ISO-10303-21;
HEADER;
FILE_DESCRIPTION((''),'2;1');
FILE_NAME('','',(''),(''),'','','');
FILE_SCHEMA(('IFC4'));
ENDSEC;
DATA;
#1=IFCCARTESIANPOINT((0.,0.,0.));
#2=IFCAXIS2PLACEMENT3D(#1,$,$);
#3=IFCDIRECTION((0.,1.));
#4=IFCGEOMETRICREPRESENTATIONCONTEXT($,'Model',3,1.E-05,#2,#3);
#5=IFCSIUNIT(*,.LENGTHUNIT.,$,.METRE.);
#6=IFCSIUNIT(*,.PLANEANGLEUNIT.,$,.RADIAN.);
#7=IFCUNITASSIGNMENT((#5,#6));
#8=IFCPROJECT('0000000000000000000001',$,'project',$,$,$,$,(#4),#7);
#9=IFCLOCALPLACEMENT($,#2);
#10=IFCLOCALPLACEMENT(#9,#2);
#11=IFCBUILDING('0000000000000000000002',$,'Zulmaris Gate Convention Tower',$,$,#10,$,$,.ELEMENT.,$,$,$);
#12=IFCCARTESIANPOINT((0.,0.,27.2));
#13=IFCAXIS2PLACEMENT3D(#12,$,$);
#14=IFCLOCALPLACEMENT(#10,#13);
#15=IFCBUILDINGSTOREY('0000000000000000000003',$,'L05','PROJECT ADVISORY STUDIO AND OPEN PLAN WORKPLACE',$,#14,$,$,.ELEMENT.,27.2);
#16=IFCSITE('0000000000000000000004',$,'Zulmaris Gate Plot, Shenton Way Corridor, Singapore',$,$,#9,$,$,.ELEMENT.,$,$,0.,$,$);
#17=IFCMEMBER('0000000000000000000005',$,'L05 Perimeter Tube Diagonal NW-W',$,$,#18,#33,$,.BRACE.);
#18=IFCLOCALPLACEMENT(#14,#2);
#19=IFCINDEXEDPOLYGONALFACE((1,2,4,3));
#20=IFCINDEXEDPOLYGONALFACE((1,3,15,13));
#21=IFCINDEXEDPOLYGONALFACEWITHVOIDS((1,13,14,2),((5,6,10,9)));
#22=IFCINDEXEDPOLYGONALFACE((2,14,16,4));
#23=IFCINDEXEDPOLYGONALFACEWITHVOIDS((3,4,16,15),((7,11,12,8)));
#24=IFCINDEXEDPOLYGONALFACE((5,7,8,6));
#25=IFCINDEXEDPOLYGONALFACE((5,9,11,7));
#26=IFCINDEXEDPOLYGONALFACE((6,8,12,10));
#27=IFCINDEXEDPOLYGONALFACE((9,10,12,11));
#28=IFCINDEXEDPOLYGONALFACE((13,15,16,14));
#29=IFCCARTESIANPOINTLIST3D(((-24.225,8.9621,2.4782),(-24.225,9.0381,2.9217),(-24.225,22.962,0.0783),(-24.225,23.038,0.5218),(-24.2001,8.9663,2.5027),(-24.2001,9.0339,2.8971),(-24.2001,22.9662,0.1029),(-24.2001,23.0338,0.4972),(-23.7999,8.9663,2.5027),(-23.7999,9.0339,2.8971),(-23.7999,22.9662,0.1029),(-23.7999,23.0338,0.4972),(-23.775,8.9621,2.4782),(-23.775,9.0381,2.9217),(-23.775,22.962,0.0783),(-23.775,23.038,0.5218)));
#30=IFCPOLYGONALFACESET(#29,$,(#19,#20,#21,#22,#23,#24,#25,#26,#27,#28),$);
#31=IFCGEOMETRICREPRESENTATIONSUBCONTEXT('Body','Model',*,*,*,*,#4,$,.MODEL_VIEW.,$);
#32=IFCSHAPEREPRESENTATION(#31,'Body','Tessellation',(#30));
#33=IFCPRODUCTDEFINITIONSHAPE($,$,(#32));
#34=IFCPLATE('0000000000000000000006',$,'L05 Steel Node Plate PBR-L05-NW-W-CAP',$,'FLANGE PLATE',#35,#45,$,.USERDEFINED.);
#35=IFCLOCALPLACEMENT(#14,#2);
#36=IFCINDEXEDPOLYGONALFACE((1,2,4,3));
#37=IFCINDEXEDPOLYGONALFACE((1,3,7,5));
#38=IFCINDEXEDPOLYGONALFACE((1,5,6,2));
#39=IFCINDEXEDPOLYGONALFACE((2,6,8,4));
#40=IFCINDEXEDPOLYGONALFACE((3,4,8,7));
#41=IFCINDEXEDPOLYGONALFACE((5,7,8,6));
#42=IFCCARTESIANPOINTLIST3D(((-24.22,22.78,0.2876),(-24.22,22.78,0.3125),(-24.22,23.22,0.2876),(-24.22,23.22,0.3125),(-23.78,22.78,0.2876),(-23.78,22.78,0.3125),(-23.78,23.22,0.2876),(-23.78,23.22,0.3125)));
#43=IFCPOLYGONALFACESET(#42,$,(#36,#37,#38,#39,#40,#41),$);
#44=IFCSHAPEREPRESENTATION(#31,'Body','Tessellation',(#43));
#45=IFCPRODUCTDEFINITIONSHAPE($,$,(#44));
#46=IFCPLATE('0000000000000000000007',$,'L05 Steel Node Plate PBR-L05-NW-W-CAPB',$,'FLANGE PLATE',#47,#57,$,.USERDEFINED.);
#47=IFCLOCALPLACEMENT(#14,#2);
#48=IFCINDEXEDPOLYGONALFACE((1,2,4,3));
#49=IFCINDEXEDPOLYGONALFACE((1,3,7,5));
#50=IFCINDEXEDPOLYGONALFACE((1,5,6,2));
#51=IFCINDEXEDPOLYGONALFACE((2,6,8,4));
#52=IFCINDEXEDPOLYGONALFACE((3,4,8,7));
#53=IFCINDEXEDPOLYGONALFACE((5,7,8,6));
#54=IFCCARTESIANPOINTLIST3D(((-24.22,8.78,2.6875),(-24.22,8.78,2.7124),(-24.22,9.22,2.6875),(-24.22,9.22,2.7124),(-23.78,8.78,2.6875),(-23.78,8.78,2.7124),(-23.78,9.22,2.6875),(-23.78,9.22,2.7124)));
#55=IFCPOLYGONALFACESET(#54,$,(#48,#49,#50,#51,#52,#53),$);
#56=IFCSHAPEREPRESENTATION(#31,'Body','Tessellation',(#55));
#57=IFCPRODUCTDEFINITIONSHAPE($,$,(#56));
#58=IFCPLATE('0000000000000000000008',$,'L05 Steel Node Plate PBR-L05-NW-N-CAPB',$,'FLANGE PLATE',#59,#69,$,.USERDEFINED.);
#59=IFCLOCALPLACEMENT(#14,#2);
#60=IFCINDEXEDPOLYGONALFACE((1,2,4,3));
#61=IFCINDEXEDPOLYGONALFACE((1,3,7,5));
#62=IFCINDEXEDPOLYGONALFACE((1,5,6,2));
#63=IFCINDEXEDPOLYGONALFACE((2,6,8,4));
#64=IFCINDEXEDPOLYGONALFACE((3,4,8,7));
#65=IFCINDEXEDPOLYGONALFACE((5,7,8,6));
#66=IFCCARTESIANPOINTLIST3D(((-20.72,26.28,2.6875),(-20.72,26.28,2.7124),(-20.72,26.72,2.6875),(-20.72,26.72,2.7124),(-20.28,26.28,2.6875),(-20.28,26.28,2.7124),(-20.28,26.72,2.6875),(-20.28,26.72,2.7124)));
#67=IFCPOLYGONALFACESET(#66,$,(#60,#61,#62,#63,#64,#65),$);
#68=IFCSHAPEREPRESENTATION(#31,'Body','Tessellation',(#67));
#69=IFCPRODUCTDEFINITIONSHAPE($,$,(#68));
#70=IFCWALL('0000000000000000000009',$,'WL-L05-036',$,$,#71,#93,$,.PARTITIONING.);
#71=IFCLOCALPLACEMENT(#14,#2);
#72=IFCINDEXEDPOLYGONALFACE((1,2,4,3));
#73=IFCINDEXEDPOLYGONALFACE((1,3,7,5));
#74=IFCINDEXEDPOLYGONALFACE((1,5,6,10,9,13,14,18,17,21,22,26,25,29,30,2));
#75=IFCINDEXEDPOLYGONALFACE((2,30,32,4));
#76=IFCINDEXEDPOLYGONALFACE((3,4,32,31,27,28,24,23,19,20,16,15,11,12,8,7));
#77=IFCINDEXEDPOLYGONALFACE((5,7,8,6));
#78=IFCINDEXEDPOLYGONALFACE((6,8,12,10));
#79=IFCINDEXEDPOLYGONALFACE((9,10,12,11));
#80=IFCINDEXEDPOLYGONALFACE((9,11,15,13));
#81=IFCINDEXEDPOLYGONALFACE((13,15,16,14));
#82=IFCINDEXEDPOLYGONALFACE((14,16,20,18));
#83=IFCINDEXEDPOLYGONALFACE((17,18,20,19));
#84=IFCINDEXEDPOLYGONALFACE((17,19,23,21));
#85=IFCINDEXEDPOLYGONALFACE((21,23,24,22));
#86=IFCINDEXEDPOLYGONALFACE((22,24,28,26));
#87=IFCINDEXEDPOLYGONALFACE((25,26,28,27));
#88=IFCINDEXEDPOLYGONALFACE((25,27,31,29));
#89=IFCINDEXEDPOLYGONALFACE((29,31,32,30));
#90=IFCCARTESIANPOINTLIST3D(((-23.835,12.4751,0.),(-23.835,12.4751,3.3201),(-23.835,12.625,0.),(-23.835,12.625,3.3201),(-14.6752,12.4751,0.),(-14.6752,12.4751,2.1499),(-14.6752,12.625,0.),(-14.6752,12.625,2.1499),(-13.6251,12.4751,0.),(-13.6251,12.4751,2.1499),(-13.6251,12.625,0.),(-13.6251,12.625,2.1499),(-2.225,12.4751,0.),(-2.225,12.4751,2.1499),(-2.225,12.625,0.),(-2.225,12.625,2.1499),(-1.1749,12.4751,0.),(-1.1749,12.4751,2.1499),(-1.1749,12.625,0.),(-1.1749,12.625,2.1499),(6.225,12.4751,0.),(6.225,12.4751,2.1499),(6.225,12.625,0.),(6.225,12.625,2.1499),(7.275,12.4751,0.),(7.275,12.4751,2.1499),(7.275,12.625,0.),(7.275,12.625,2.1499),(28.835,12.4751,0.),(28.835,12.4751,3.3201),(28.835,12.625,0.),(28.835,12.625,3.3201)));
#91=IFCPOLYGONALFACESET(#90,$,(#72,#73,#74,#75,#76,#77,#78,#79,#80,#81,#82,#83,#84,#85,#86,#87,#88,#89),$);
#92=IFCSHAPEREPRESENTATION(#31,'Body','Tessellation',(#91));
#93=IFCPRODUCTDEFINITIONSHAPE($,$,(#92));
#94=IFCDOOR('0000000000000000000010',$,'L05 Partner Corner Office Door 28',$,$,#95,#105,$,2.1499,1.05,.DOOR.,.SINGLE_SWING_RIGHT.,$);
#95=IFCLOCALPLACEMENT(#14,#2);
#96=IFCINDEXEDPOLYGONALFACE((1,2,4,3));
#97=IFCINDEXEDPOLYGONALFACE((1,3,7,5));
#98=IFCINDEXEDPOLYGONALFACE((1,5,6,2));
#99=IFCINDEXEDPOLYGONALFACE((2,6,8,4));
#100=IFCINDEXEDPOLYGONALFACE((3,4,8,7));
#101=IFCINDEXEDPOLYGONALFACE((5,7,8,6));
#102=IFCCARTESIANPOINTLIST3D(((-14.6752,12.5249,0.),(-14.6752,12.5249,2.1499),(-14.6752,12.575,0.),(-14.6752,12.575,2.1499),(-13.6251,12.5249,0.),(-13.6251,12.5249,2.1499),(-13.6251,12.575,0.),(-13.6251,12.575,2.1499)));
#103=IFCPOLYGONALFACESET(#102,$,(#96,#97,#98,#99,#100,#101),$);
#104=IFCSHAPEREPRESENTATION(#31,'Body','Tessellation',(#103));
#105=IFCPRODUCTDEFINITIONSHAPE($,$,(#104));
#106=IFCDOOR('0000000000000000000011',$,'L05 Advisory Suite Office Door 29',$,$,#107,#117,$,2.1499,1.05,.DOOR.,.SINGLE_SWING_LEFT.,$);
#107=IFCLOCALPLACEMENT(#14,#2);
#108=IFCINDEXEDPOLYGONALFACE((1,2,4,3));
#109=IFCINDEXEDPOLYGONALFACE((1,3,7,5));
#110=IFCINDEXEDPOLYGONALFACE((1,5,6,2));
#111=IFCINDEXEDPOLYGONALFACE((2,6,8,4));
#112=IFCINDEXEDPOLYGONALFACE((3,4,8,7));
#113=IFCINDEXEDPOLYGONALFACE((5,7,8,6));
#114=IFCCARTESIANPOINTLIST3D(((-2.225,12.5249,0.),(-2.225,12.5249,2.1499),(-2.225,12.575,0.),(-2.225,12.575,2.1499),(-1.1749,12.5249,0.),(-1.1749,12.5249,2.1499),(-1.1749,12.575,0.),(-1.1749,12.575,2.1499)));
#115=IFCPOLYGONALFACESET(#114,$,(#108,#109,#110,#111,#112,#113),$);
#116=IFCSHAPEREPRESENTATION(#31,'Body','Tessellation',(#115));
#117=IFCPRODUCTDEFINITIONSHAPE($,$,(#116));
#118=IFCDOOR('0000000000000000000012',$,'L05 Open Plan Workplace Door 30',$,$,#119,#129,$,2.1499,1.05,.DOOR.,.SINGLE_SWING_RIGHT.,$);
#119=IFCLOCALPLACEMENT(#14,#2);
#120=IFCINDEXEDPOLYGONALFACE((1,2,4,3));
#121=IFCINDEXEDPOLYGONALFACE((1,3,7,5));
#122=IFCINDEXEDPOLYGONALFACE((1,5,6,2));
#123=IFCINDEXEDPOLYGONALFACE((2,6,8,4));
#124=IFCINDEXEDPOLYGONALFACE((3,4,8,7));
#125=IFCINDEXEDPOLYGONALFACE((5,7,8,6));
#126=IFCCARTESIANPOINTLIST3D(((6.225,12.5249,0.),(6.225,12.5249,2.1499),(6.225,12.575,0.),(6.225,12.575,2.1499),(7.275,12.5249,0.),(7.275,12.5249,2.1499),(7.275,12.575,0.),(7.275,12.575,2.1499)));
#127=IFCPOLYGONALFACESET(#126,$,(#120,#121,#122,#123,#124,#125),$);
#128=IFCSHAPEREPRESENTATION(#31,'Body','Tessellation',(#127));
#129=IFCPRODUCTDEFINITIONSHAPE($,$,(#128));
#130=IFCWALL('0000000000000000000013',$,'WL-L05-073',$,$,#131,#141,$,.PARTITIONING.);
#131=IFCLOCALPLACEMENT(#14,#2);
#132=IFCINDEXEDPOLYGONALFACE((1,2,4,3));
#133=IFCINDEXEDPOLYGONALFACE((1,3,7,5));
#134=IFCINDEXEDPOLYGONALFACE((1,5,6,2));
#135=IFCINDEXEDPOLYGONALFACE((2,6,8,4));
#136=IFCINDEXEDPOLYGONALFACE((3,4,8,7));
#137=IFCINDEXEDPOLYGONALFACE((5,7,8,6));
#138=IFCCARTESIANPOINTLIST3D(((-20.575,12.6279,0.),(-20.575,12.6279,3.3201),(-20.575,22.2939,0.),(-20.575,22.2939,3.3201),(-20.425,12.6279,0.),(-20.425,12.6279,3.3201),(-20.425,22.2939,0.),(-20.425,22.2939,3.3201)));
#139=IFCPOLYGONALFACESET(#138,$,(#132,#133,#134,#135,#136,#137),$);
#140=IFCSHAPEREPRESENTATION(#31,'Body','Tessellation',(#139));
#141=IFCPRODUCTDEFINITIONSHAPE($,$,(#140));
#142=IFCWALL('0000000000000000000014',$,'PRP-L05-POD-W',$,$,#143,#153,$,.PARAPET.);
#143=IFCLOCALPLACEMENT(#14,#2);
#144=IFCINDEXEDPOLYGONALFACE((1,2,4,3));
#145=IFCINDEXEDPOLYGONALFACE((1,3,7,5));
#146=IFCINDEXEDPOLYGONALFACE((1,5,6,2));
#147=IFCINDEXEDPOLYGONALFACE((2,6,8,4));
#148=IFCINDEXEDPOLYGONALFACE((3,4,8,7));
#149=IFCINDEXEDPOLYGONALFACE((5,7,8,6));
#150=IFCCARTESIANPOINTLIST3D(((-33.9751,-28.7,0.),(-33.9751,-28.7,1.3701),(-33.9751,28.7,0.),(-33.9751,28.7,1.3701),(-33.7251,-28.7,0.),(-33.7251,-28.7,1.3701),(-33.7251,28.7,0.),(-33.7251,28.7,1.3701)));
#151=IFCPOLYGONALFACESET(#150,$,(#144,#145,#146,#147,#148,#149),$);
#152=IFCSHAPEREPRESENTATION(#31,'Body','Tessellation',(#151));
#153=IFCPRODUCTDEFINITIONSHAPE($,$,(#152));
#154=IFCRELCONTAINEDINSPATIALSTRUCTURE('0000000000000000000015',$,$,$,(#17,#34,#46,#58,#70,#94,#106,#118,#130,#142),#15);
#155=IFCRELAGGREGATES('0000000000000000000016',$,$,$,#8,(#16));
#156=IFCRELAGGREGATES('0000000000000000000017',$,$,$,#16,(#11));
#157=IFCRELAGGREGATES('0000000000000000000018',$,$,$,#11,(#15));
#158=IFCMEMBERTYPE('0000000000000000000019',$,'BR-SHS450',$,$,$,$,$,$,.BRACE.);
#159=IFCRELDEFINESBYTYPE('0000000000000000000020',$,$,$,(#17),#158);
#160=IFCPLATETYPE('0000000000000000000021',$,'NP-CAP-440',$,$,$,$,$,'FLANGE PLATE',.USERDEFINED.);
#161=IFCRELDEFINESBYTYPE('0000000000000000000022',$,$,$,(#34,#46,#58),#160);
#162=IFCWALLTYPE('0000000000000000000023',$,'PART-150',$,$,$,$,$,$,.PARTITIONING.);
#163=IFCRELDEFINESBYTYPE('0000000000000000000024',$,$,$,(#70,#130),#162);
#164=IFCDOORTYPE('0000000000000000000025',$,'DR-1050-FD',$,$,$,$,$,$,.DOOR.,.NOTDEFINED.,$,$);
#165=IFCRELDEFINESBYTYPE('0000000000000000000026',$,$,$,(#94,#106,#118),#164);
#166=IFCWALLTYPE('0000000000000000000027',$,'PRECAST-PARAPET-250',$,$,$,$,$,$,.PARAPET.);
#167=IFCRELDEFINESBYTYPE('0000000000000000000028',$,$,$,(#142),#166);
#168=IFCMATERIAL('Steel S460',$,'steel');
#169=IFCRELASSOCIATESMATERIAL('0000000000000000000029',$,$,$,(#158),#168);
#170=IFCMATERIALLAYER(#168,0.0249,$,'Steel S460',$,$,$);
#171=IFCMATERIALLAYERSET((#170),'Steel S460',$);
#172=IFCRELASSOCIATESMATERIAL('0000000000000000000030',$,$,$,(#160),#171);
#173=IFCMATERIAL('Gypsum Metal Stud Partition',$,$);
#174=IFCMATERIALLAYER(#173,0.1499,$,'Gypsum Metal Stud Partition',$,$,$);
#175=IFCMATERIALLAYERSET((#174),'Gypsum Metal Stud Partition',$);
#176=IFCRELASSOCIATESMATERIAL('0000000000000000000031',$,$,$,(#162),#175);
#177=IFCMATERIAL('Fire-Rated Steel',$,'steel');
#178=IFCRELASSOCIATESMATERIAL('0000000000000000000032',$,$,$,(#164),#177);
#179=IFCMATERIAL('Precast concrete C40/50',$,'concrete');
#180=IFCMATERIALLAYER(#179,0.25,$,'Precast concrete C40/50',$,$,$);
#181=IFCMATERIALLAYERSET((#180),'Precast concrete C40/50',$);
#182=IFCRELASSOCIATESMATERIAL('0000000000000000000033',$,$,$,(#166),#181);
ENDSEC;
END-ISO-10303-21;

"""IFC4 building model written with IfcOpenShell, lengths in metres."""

from ifc_helpers import new_model, si_unit, direction, frame, frame_2d, origin, origin_2d, place, context, subcontext, project, spatial, rectangle, hollow_rectangle, extrude, material, layer, layer_set, material_profile, profile_set, type_object, element, fill, save


model = new_model("IFC4")

# Units and contexts
model_context = context("Model", 3, precision=1e-05, world=origin(), true_north=direction((0.0, 1.0)))
body_context = subcontext(model_context, "Body", "Model", "MODEL_VIEW")
ifc_project = project(units=[si_unit("LENGTHUNIT", "METRE"), si_unit("PLANEANGLEUNIT", "RADIAN")], contexts=[model_context])

# Site, building, storey
site_placement = place(None, origin())
site = spatial("IfcSite", under=ifc_project, at=site_placement, Name="Zulmaris Gate Plot, Shenton Way Corridor, Singapore", CompositionType="ELEMENT", RefElevation=0.0)
building_placement = place(site_placement, origin())
building = spatial("IfcBuilding", under=site, at=building_placement, Name="Zulmaris Gate Convention Tower", CompositionType="ELEMENT")
storey_placement = place(building_placement, frame((0.0, 0.0, 27.2)))
storey = spatial("IfcBuildingStorey", under=building, at=storey_placement, Name="L05", Description="PROJECT ADVISORY STUDIO AND OPEN PLAN WORKPLACE", CompositionType="ELEMENT", Elevation=27.2)

# Member
ifc_material_1 = material(Name="Steel S460", Category="steel")
ifc_material_profile_1 = material_profile(ifc_material_1, hollow_rectangle(XDim=0.45, YDim=0.45, WallThickness=0.0249, at=origin_2d()), Name="SHS 450x450x25")
ifc_profile_set_1 = profile_set([ifc_material_profile_1], Name="Steel S460")
member_type = type_object("IfcMemberType", Name="BR-SHS450", PredefinedType="BRACE", material=ifc_profile_set_1)
member_placement = place(storey_placement, frame((-24.0, 23.0, 0.3), z_axis=(0.0, -0.985623, 0.168957), x_axis=(1.0, 0.0, 0.0)))
element("IfcMember", 1, at=member_placement, inside=storey, type_object=member_type, Name="L05 Perimeter Tube Diagonal NW-W", PredefinedType="BRACE", context=body_context, shape_type="SweptSolid", body=[
    extrude(hollow_rectangle(XDim=0.45, YDim=0.45, WallThickness=0.0249, at=origin_2d()), origin(), (0.0, 0.0, 1.0), 14.2041),
])

# Plates
ifc_layer_1 = layer(ifc_material_1, 0.0249, Name="Steel S460")
ifc_layer_set_1 = layer_set([ifc_layer_1], Name="Steel S460")
plate_type = type_object("IfcPlateType", Name="NP-CAP-440", ElementType="FLANGE PLATE", PredefinedType="USERDEFINED", material=ifc_layer_set_1)
for number, where, z_axis, x_axis, name in (
    (2, (-24.0, 23.0, 0.2876), (0.0, 0.0, 1.0), (1.0, 0.0, 0.0), "L05 Steel Node Plate PBR-L05-NW-W-CAP"),
    (3, (-24.0, 9.0, 2.6875), (0.0, 0.0, 1.0), (1.0, 0.0, 0.0), "L05 Steel Node Plate PBR-L05-NW-W-CAPB"),
    (4, (-20.5, 26.5, 2.6875), (0.0, 0.0, 1.0), (1.0, 0.0, 0.0), "L05 Steel Node Plate PBR-L05-NW-N-CAPB"),
):
    element("IfcPlate", number, at=place(storey_placement, frame(where, z_axis=z_axis, x_axis=x_axis)), inside=storey, type_object=plate_type, Name=name, ObjectType="FLANGE PLATE", PredefinedType="USERDEFINED", context=body_context, shape_type="SweptSolid", body=[
        extrude(rectangle(XDim=0.4399, YDim=0.4399, at=origin_2d()), origin(), (0.0, 0.0, 1.0), 0.0249),
    ])

# Shared definitions
ifc_material_2 = material(Name="Fire-Rated Steel", Category="steel")
ifc_material_3 = material(Name="Gypsum Metal Stud Partition")
ifc_layer_2 = layer(ifc_material_3, 0.1499, Name="Gypsum Metal Stud Partition")
ifc_layer_set_2 = layer_set([ifc_layer_2], Name="Gypsum Metal Stud Partition")
wall_type_1 = type_object("IfcWallType", Name="PART-150", PredefinedType="PARTITIONING", material=ifc_layer_set_2)

# Wall, openings, doors
wall_1_placement = place(storey_placement, frame((-23.835, 12.55, 0.0), z_axis=(0.0, 0.0, 1.0), x_axis=(1.0, 0.0, 0.0)))
wall_1 = element("IfcWall", 5, at=wall_1_placement, inside=storey, type_object=wall_type_1, Name="WL-L05-036", PredefinedType="PARTITIONING", context=body_context, shape_type="SweptSolid", body=[
    extrude(rectangle(XDim=52.6699, YDim=0.1499, at=frame_2d((26.335, 0.0))), origin(), (0.0, 0.0, 1.0), 3.3201),
])
opening_1_placement = place(wall_1_placement, frame((9.1599, 0.0, 0.0)))
opening_1 = element("IfcOpeningElement", 6, at=opening_1_placement, cuts=wall_1, PredefinedType="OPENING", context=body_context, shape_type="SweptSolid", body=[
    extrude(rectangle(XDim=1.05, YDim=2.1499, at=frame_2d((0.5249, 1.075))), frame((0.0, 0.085, 0.0), z_axis=(0.0, -1.0, 0.0), x_axis=(1.0, 0.0, 0.0)), (0.0, 0.0, 1.0), 0.1699),
])
opening_2_placement = place(wall_1_placement, frame((21.6101, 0.0, 0.0)))
opening_2 = element("IfcOpeningElement", 7, at=opening_2_placement, cuts=wall_1, PredefinedType="OPENING", context=body_context, shape_type="SweptSolid", body=[
    extrude(rectangle(XDim=1.05, YDim=2.1499, at=frame_2d((0.5249, 1.075))), frame((0.0, 0.085, 0.0), z_axis=(0.0, -1.0, 0.0), x_axis=(1.0, 0.0, 0.0)), (0.0, 0.0, 1.0), 0.1699),
])
opening_3_placement = place(wall_1_placement, frame((30.0601, 0.0, 0.0)))
opening_3 = element("IfcOpeningElement", 8, at=opening_3_placement, cuts=wall_1, PredefinedType="OPENING", context=body_context, shape_type="SweptSolid", body=[
    extrude(rectangle(XDim=1.05, YDim=2.1499, at=frame_2d((0.5249, 1.075))), frame((0.0, 0.085, 0.0), z_axis=(0.0, -1.0, 0.0), x_axis=(1.0, 0.0, 0.0)), (0.0, 0.0, 1.0), 0.1699),
])
door_type_1 = type_object("IfcDoorType", Name="DR-1050-FD", OperationType="NOTDEFINED", PredefinedType="DOOR", material=ifc_material_2)
door_1_placement = place(opening_1_placement, origin())
door_1 = element("IfcDoor", 9, at=door_1_placement, inside=storey, type_object=door_type_1, Name="L05 Partner Corner Office Door 28", OperationType="SINGLE_SWING_RIGHT", OverallHeight=2.1499, OverallWidth=1.05, PredefinedType="DOOR", context=body_context, shape_type="SweptSolid", body=[
    extrude(rectangle(XDim=1.05, YDim=2.1499, at=frame_2d((0.5249, 1.075))), frame((0.0, 0.0249, 0.0), z_axis=(0.0, -1.0, 0.0), x_axis=(1.0, 0.0, 0.0)), (0.0, 0.0, 1.0), 0.05),
])
fill(opening_1, door_1)
door_2_placement = place(opening_2_placement, origin())
door_2 = element("IfcDoor", 10, at=door_2_placement, inside=storey, type_object=door_type_1, Name="L05 Advisory Suite Office Door 29", OperationType="SINGLE_SWING_LEFT", OverallHeight=2.1499, OverallWidth=1.05, PredefinedType="DOOR", context=body_context, shape_type="SweptSolid", body=[
    extrude(rectangle(XDim=1.05, YDim=2.1499, at=frame_2d((0.5249, 1.075))), frame((0.0, 0.0249, 0.0), z_axis=(0.0, -1.0, 0.0), x_axis=(1.0, 0.0, 0.0)), (0.0, 0.0, 1.0), 0.05),
])
fill(opening_2, door_2)
door_3_placement = place(opening_3_placement, origin())
door_3 = element("IfcDoor", 11, at=door_3_placement, inside=storey, type_object=door_type_1, Name="L05 Open Plan Workplace Door 30", OperationType="SINGLE_SWING_RIGHT", OverallHeight=2.1499, OverallWidth=1.05, PredefinedType="DOOR", context=body_context, shape_type="SweptSolid", body=[
    extrude(rectangle(XDim=1.05, YDim=2.1499, at=frame_2d((0.5249, 1.075))), frame((0.0, 0.0249, 0.0), z_axis=(0.0, -1.0, 0.0), x_axis=(1.0, 0.0, 0.0)), (0.0, 0.0, 1.0), 0.05),
])
fill(opening_3, door_3)

# Wall
wall_2_placement = place(storey_placement, frame((-20.5, 12.6279, 0.0), z_axis=(0.0, 0.0, 1.0), x_axis=(0.0, 1.0, 0.0)))
element("IfcWall", 12, at=wall_2_placement, inside=storey, type_object=wall_type_1, Name="WL-L05-073", PredefinedType="PARTITIONING", context=body_context, shape_type="SweptSolid", body=[
    extrude(rectangle(XDim=9.666, YDim=0.1499, at=frame_2d((4.833, 0.0))), origin(), (0.0, 0.0, 1.0), 3.3201),
])

# Wall
ifc_material_4 = material(Name="Precast concrete C40/50", Category="concrete")
ifc_layer_3 = layer(ifc_material_4, 0.25, Name="Precast concrete C40/50")
ifc_layer_set_3 = layer_set([ifc_layer_3], Name="Precast concrete C40/50")
wall_type_2 = type_object("IfcWallType", Name="PRECAST-PARAPET-250", PredefinedType="PARAPET", material=ifc_layer_set_3)
wall_3_placement = place(storey_placement, frame((-33.8501, 28.7, 0.0), z_axis=(0.0, 0.0, 1.0), x_axis=(0.0, -1.0, 0.0)))
element("IfcWall", 13, at=wall_3_placement, inside=storey, type_object=wall_type_2, Name="PRP-L05-POD-W", PredefinedType="PARAPET", context=body_context, shape_type="SweptSolid", body=[
    extrude(rectangle(XDim=57.3999, YDim=0.25, at=frame_2d((28.7, 0.0))), origin(), (0.0, 0.0, 1.0), 1.3701),
])

save(model, "model.ifc")
